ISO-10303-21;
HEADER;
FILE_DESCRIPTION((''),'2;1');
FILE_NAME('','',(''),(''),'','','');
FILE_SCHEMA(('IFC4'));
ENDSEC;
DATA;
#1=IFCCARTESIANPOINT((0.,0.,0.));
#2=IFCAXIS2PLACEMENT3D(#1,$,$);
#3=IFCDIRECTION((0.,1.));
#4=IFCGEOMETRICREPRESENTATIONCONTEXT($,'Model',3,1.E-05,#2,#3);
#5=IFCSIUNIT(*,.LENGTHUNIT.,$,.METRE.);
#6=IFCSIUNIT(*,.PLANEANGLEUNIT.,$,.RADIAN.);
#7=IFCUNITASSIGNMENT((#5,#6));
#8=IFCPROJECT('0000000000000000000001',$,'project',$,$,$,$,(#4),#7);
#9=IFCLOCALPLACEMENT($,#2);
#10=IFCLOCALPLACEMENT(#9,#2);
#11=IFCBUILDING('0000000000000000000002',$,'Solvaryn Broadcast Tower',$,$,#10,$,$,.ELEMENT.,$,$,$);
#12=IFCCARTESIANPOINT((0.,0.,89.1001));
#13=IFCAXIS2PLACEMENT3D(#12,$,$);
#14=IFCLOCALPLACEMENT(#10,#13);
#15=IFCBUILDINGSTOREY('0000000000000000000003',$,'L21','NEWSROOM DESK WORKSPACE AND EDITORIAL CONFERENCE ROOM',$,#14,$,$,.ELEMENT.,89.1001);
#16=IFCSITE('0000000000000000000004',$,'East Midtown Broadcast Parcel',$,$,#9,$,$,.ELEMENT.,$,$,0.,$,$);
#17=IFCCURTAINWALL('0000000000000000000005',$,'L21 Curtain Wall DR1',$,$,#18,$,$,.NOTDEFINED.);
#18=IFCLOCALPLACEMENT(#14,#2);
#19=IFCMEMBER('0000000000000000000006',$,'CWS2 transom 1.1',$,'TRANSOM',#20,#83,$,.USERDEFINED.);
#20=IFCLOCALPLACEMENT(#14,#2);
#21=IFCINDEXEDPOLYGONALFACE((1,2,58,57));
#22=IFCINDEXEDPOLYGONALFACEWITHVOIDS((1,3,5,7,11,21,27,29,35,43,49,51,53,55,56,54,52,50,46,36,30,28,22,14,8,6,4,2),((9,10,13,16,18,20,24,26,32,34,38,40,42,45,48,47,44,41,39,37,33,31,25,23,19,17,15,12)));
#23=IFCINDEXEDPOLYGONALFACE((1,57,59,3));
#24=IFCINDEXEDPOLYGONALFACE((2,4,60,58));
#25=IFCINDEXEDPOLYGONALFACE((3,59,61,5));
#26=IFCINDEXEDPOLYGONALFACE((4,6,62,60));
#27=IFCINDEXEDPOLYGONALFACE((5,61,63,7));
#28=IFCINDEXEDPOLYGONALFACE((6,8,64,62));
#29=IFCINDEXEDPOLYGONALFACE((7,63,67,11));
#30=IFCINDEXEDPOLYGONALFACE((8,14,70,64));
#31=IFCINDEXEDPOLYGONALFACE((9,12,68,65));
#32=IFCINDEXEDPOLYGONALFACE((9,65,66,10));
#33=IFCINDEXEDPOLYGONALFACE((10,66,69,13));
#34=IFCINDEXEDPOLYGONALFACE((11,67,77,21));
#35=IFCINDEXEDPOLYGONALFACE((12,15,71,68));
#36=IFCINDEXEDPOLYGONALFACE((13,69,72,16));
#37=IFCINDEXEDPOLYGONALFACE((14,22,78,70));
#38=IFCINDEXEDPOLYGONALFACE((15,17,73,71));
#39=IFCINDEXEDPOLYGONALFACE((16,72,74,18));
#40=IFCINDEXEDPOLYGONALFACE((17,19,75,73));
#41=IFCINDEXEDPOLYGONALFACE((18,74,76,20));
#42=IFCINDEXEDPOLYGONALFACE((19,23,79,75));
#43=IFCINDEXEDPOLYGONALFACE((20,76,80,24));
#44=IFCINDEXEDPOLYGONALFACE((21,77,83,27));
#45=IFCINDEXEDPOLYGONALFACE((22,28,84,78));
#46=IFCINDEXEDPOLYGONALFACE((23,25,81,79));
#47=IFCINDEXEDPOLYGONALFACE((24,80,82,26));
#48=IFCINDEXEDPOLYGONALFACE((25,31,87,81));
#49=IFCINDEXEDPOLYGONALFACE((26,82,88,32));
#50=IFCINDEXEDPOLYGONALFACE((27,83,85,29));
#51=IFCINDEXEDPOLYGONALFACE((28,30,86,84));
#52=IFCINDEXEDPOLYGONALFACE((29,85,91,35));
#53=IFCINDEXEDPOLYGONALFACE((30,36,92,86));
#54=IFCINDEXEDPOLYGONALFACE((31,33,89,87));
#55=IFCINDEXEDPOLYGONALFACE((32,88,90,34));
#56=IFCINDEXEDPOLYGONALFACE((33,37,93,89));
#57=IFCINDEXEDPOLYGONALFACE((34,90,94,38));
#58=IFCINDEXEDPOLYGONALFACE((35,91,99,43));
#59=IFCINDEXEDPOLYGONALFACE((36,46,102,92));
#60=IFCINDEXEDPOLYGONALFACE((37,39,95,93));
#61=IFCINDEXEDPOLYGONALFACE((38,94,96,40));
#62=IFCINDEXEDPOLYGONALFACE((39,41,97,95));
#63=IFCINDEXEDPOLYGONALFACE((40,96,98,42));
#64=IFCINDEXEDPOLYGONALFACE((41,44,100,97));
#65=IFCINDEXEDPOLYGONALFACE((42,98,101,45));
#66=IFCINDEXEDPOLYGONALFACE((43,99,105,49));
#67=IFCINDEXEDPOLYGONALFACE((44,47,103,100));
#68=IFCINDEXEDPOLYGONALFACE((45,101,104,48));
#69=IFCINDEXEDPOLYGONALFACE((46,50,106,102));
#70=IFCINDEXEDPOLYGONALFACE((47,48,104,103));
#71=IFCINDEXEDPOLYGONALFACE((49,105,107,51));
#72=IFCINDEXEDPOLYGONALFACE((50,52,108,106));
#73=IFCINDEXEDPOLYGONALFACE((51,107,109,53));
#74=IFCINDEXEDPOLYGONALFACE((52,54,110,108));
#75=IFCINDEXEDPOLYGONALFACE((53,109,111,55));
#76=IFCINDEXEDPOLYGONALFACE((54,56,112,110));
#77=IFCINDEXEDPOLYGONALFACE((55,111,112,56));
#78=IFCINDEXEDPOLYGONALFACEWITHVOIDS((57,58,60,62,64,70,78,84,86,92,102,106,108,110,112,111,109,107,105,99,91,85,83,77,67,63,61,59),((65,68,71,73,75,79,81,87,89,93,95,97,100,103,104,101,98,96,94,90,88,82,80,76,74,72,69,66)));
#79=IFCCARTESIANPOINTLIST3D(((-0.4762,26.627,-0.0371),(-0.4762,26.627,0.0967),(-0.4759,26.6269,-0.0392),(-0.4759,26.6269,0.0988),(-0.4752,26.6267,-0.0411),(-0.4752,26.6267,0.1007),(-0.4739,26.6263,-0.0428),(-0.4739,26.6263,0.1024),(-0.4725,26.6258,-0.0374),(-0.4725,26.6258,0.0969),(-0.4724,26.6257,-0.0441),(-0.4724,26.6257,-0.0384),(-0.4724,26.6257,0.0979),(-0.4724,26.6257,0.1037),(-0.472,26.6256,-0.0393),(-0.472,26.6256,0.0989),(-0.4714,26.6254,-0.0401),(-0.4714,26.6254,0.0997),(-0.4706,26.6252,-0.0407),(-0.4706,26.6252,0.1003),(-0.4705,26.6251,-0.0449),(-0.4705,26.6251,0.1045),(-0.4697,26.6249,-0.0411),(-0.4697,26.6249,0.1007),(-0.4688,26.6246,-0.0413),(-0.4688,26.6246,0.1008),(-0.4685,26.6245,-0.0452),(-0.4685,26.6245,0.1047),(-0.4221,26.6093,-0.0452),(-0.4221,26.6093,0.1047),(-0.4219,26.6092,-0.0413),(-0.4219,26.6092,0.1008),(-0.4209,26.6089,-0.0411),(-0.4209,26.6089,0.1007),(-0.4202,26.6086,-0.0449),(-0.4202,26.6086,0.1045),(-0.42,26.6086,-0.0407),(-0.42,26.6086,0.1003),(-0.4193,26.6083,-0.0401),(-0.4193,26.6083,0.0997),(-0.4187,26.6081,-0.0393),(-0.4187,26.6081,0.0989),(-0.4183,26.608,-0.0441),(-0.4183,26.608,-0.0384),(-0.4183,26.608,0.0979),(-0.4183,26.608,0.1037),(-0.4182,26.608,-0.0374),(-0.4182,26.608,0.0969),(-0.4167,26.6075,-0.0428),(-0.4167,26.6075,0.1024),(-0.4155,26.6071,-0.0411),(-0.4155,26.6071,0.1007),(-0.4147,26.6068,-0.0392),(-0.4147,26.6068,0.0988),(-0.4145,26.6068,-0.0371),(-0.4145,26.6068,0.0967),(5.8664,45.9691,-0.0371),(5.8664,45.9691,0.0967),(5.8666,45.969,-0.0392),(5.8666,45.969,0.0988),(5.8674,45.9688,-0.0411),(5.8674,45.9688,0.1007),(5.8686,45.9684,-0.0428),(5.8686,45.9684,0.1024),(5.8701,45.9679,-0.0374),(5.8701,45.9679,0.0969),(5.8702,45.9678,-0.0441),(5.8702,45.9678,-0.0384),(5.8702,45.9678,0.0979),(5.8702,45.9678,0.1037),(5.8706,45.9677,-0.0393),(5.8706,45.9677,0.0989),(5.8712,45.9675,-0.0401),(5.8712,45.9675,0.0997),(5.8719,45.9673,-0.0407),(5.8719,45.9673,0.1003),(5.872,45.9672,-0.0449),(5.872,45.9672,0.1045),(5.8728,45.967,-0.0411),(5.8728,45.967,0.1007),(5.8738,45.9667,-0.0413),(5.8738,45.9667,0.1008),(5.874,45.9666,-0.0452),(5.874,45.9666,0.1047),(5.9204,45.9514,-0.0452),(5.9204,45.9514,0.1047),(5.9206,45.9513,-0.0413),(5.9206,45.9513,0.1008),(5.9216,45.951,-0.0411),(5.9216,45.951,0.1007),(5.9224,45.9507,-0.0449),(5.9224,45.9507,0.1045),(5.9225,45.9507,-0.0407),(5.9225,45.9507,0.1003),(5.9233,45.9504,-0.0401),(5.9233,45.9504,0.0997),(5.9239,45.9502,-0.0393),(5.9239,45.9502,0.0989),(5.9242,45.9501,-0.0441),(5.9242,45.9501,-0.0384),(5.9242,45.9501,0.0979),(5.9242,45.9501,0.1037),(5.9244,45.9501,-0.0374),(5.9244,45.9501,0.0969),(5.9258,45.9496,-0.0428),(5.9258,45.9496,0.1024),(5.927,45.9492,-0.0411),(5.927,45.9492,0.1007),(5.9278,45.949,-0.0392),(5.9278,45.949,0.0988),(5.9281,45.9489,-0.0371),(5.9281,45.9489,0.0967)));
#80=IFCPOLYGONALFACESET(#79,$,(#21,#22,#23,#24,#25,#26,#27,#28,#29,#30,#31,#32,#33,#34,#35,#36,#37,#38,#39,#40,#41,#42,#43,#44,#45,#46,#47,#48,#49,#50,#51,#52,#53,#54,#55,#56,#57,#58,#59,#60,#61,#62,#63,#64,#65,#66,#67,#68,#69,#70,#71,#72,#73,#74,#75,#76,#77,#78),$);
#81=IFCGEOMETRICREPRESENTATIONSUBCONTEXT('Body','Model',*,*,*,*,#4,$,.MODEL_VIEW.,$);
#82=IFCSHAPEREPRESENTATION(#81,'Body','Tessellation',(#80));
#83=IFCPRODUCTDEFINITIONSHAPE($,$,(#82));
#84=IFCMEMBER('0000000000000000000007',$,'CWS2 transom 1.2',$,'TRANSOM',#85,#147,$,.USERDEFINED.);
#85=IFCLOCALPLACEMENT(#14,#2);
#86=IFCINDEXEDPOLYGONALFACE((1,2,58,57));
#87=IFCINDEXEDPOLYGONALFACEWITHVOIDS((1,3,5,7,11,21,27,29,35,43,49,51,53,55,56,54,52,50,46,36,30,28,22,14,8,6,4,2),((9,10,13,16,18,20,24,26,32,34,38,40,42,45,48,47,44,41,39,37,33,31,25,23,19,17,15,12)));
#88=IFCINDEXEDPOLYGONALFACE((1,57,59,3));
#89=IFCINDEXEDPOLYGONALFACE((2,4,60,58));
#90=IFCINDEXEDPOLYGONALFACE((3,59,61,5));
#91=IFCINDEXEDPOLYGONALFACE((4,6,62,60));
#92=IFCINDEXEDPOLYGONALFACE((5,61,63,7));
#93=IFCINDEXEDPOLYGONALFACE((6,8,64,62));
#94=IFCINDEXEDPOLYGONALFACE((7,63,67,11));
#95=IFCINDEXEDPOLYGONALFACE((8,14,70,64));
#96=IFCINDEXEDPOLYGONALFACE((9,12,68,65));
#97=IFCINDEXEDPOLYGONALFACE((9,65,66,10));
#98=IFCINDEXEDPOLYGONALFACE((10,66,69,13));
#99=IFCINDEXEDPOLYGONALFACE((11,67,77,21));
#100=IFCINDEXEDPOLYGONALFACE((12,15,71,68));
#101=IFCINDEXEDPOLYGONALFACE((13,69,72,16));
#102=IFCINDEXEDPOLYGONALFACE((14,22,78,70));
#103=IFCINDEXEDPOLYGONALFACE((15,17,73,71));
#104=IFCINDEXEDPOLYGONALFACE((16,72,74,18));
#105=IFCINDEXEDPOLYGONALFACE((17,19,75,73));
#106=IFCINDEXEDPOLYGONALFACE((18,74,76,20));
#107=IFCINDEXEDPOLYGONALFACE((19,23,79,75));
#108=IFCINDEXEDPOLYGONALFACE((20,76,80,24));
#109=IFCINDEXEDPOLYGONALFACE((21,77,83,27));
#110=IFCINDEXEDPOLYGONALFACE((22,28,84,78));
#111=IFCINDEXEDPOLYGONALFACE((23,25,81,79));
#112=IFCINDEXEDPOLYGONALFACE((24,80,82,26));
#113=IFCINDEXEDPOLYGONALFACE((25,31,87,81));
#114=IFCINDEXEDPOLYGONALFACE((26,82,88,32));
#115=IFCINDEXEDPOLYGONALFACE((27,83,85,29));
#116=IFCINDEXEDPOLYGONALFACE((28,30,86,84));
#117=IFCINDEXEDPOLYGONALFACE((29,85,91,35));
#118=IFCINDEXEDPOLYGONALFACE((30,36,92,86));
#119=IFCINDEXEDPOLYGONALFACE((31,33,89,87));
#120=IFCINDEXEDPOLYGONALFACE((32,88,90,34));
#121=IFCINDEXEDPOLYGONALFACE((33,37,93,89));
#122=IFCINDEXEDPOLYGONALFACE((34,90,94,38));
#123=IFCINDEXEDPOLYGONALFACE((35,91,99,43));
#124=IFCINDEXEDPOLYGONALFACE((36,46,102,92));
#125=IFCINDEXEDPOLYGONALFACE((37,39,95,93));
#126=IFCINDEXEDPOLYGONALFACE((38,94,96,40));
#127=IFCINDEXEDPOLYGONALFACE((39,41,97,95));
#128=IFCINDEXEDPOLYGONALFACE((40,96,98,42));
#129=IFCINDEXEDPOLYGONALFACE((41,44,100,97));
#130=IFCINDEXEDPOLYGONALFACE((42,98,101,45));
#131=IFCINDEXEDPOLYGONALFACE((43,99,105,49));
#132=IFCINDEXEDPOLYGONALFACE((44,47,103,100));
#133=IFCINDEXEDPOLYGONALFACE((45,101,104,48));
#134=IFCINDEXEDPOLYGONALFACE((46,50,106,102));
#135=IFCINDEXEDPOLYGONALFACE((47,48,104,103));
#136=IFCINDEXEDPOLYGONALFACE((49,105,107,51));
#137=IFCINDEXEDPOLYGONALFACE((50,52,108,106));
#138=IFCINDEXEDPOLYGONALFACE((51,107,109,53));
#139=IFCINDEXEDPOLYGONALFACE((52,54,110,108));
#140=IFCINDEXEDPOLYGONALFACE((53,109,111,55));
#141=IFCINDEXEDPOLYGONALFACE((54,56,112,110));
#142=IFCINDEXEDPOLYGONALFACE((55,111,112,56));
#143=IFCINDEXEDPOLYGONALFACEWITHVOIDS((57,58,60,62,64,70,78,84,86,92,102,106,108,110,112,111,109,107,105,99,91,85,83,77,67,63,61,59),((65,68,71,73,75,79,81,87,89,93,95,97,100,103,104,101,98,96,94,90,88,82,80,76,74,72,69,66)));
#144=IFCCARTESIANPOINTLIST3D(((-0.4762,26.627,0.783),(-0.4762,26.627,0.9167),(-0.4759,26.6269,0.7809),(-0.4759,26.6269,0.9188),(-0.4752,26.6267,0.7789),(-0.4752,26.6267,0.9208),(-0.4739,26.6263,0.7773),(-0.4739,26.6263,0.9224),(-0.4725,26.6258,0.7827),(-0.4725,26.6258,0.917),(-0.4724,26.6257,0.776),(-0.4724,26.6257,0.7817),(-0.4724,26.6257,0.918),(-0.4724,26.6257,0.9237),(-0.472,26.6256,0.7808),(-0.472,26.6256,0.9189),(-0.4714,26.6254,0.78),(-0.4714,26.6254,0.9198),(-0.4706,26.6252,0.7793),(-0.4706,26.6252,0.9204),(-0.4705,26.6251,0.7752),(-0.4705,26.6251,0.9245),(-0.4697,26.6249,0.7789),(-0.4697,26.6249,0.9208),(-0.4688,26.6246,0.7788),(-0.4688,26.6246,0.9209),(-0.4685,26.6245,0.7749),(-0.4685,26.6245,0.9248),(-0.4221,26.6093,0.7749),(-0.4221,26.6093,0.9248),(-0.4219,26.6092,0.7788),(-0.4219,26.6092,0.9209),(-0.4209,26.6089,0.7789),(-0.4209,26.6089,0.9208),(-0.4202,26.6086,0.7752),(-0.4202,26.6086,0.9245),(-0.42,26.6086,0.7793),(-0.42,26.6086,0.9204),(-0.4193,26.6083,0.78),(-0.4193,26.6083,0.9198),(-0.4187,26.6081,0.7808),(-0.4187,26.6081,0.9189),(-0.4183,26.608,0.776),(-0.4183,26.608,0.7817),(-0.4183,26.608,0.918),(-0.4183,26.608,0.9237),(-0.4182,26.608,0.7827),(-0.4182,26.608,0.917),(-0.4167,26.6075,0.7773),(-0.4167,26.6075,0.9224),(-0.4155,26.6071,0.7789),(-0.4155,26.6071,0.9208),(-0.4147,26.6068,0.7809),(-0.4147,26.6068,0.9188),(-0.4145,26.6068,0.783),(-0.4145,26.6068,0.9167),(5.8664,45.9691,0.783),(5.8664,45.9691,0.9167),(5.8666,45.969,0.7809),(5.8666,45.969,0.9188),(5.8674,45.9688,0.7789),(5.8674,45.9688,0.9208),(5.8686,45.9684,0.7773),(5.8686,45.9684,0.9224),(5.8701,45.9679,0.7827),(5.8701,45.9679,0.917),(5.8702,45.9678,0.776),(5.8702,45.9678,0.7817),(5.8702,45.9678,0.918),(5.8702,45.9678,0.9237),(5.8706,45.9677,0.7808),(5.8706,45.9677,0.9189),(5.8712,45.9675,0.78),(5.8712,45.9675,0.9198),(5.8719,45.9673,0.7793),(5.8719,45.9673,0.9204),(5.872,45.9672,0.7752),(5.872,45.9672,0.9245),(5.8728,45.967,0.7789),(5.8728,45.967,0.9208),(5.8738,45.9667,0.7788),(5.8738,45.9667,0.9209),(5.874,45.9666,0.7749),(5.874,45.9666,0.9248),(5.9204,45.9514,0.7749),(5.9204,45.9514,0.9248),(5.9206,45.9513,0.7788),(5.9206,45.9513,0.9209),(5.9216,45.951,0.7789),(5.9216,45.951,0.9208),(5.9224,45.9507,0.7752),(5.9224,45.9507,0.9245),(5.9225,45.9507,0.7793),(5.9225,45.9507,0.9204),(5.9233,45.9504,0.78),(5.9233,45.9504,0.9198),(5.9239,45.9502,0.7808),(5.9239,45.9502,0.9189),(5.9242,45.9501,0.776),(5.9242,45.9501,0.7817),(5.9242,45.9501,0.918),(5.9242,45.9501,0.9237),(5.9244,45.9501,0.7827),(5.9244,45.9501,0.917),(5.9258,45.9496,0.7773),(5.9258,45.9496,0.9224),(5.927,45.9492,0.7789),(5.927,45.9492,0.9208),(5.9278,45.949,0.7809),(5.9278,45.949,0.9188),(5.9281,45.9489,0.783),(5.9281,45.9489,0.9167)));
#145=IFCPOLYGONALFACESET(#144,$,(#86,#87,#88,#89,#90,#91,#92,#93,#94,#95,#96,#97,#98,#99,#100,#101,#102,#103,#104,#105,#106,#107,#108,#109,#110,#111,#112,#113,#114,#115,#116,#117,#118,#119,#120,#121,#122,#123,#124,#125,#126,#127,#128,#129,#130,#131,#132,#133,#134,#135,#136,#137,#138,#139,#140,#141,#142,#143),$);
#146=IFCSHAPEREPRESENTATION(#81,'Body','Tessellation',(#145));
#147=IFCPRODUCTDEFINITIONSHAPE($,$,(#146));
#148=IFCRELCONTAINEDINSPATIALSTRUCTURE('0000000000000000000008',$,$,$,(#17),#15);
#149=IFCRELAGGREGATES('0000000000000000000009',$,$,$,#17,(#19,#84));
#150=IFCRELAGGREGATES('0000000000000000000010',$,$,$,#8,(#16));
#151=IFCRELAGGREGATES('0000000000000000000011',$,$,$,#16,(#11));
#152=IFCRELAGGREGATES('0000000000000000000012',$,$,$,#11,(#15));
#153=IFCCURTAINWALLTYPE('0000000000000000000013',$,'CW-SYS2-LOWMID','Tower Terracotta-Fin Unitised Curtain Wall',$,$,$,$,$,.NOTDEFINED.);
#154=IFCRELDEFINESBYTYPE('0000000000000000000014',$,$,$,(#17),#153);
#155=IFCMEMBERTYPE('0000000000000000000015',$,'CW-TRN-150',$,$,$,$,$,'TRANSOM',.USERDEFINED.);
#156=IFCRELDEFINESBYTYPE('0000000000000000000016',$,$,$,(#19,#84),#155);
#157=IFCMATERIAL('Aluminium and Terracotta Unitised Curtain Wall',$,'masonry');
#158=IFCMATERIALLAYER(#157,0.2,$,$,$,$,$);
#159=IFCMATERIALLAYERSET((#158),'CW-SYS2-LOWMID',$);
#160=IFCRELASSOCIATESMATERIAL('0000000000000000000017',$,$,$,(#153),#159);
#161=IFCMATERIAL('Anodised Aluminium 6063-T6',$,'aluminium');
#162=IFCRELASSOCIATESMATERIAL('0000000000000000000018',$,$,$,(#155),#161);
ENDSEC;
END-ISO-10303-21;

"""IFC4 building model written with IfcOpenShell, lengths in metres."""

from ifc_helpers import new_model, si_unit, direction, frame, origin, origin_2d, place, context, subcontext, project, spatial, hollow_rectangle, extrude, material, layer, layer_set, material_profile, profile_set, type_object, element, aggregate, save


model = new_model("IFC4")

# Units and contexts
model_context = context("Model", 3, precision=1e-05, world=origin(), true_north=direction((0.0, 1.0)))
body_context = subcontext(model_context, "Body", "Model", "MODEL_VIEW")
ifc_project = project(units=[si_unit("LENGTHUNIT", "METRE"), si_unit("PLANEANGLEUNIT", "RADIAN")], contexts=[model_context])

# Site, building, storey
site_placement = place(None, origin())
site = spatial("IfcSite", under=ifc_project, at=site_placement, Name="East Midtown Broadcast Parcel", CompositionType="ELEMENT", RefElevation=0.0)
building_placement = place(site_placement, origin())
building = spatial("IfcBuilding", under=site, at=building_placement, Name="Solvaryn Broadcast Tower", CompositionType="ELEMENT")
storey_placement = place(building_placement, frame((0.0, 0.0, 89.1001)))
storey = spatial("IfcBuildingStorey", under=building, at=storey_placement, Name="L21", Description="NEWSROOM DESK WORKSPACE AND EDITORIAL CONFERENCE ROOM", CompositionType="ELEMENT", Elevation=89.1001)

# Curtain wall
ifc_material_1 = material(Name="Aluminium and Terracotta Unitised Curtain Wall", Category="masonry")
ifc_layer_1 = layer(ifc_material_1, 0.2)
ifc_layer_set_1 = layer_set([ifc_layer_1], Name="CW-SYS2-LOWMID")
curtain_wall_type = type_object("IfcCurtainWallType", Name="CW-SYS2-LOWMID", Description="Tower Terracotta-Fin Unitised Curtain Wall", PredefinedType="NOTDEFINED", material=ifc_layer_set_1)
curtain_wall_1_placement = place(storey_placement, origin())
curtain_wall_1 = element("IfcCurtainWall", 1, at=curtain_wall_1_placement, inside=storey, type_object=curtain_wall_type, Name="L21 Curtain Wall DR1", PredefinedType="NOTDEFINED")

# Members
ifc_material_2 = material(Name="Anodised Aluminium 6063-T6", Category="aluminium")
ifc_material_profile_1 = material_profile(ifc_material_2, hollow_rectangle(XDim=0.0649, YDim=0.1499, WallThickness=0.0039, InnerFilletRadius=0.0039, OuterFilletRadius=0.0081, at=origin_2d()))
ifc_profile_set_1 = profile_set([ifc_material_profile_1], Name="Anodised Aluminium 6063-T6")
member_type_1 = type_object("IfcMemberType", Name="CW-TRN-150", ElementType="TRANSOM", PredefinedType="USERDEFINED", material=ifc_profile_set_1)
member_1_placement = place(storey_placement, frame((5.8972, 45.959, 0.0298), z_axis=(-0.31159, -0.950217, 0.0), x_axis=(0.950217, -0.31159, 0.0)))
member_1 = element("IfcMember", 2, at=member_1_placement, type_object=member_type_1, Name="CWS2 transom 1.1", ObjectType="TRANSOM", PredefinedType="USERDEFINED", context=body_context, shape_type="SweptSolid", body=[
    extrude(hollow_rectangle(XDim=0.0649, YDim=0.1499, WallThickness=0.0039, InnerFilletRadius=0.0039, OuterFilletRadius=0.0081, at=origin_2d()), origin(), (0.0, 0.0, 1.0), 20.3555),
])
member_2_placement = place(storey_placement, frame((5.8972, 45.959, 0.8499), z_axis=(-0.31159, -0.950217, 0.0), x_axis=(0.950217, -0.31159, 0.0)))
member_2 = element("IfcMember", 3, at=member_2_placement, type_object=member_type_1, Name="CWS2 transom 1.2", ObjectType="TRANSOM", PredefinedType="USERDEFINED", context=body_context, shape_type="SweptSolid", body=[
    extrude(hollow_rectangle(XDim=0.0649, YDim=0.1499, WallThickness=0.0039, InnerFilletRadius=0.0039, OuterFilletRadius=0.0081, at=origin_2d()), origin(), (0.0, 0.0, 1.0), 20.3555),
])
aggregate(curtain_wall_1, [member_1, member_2])

save(model, "model.ifc")
